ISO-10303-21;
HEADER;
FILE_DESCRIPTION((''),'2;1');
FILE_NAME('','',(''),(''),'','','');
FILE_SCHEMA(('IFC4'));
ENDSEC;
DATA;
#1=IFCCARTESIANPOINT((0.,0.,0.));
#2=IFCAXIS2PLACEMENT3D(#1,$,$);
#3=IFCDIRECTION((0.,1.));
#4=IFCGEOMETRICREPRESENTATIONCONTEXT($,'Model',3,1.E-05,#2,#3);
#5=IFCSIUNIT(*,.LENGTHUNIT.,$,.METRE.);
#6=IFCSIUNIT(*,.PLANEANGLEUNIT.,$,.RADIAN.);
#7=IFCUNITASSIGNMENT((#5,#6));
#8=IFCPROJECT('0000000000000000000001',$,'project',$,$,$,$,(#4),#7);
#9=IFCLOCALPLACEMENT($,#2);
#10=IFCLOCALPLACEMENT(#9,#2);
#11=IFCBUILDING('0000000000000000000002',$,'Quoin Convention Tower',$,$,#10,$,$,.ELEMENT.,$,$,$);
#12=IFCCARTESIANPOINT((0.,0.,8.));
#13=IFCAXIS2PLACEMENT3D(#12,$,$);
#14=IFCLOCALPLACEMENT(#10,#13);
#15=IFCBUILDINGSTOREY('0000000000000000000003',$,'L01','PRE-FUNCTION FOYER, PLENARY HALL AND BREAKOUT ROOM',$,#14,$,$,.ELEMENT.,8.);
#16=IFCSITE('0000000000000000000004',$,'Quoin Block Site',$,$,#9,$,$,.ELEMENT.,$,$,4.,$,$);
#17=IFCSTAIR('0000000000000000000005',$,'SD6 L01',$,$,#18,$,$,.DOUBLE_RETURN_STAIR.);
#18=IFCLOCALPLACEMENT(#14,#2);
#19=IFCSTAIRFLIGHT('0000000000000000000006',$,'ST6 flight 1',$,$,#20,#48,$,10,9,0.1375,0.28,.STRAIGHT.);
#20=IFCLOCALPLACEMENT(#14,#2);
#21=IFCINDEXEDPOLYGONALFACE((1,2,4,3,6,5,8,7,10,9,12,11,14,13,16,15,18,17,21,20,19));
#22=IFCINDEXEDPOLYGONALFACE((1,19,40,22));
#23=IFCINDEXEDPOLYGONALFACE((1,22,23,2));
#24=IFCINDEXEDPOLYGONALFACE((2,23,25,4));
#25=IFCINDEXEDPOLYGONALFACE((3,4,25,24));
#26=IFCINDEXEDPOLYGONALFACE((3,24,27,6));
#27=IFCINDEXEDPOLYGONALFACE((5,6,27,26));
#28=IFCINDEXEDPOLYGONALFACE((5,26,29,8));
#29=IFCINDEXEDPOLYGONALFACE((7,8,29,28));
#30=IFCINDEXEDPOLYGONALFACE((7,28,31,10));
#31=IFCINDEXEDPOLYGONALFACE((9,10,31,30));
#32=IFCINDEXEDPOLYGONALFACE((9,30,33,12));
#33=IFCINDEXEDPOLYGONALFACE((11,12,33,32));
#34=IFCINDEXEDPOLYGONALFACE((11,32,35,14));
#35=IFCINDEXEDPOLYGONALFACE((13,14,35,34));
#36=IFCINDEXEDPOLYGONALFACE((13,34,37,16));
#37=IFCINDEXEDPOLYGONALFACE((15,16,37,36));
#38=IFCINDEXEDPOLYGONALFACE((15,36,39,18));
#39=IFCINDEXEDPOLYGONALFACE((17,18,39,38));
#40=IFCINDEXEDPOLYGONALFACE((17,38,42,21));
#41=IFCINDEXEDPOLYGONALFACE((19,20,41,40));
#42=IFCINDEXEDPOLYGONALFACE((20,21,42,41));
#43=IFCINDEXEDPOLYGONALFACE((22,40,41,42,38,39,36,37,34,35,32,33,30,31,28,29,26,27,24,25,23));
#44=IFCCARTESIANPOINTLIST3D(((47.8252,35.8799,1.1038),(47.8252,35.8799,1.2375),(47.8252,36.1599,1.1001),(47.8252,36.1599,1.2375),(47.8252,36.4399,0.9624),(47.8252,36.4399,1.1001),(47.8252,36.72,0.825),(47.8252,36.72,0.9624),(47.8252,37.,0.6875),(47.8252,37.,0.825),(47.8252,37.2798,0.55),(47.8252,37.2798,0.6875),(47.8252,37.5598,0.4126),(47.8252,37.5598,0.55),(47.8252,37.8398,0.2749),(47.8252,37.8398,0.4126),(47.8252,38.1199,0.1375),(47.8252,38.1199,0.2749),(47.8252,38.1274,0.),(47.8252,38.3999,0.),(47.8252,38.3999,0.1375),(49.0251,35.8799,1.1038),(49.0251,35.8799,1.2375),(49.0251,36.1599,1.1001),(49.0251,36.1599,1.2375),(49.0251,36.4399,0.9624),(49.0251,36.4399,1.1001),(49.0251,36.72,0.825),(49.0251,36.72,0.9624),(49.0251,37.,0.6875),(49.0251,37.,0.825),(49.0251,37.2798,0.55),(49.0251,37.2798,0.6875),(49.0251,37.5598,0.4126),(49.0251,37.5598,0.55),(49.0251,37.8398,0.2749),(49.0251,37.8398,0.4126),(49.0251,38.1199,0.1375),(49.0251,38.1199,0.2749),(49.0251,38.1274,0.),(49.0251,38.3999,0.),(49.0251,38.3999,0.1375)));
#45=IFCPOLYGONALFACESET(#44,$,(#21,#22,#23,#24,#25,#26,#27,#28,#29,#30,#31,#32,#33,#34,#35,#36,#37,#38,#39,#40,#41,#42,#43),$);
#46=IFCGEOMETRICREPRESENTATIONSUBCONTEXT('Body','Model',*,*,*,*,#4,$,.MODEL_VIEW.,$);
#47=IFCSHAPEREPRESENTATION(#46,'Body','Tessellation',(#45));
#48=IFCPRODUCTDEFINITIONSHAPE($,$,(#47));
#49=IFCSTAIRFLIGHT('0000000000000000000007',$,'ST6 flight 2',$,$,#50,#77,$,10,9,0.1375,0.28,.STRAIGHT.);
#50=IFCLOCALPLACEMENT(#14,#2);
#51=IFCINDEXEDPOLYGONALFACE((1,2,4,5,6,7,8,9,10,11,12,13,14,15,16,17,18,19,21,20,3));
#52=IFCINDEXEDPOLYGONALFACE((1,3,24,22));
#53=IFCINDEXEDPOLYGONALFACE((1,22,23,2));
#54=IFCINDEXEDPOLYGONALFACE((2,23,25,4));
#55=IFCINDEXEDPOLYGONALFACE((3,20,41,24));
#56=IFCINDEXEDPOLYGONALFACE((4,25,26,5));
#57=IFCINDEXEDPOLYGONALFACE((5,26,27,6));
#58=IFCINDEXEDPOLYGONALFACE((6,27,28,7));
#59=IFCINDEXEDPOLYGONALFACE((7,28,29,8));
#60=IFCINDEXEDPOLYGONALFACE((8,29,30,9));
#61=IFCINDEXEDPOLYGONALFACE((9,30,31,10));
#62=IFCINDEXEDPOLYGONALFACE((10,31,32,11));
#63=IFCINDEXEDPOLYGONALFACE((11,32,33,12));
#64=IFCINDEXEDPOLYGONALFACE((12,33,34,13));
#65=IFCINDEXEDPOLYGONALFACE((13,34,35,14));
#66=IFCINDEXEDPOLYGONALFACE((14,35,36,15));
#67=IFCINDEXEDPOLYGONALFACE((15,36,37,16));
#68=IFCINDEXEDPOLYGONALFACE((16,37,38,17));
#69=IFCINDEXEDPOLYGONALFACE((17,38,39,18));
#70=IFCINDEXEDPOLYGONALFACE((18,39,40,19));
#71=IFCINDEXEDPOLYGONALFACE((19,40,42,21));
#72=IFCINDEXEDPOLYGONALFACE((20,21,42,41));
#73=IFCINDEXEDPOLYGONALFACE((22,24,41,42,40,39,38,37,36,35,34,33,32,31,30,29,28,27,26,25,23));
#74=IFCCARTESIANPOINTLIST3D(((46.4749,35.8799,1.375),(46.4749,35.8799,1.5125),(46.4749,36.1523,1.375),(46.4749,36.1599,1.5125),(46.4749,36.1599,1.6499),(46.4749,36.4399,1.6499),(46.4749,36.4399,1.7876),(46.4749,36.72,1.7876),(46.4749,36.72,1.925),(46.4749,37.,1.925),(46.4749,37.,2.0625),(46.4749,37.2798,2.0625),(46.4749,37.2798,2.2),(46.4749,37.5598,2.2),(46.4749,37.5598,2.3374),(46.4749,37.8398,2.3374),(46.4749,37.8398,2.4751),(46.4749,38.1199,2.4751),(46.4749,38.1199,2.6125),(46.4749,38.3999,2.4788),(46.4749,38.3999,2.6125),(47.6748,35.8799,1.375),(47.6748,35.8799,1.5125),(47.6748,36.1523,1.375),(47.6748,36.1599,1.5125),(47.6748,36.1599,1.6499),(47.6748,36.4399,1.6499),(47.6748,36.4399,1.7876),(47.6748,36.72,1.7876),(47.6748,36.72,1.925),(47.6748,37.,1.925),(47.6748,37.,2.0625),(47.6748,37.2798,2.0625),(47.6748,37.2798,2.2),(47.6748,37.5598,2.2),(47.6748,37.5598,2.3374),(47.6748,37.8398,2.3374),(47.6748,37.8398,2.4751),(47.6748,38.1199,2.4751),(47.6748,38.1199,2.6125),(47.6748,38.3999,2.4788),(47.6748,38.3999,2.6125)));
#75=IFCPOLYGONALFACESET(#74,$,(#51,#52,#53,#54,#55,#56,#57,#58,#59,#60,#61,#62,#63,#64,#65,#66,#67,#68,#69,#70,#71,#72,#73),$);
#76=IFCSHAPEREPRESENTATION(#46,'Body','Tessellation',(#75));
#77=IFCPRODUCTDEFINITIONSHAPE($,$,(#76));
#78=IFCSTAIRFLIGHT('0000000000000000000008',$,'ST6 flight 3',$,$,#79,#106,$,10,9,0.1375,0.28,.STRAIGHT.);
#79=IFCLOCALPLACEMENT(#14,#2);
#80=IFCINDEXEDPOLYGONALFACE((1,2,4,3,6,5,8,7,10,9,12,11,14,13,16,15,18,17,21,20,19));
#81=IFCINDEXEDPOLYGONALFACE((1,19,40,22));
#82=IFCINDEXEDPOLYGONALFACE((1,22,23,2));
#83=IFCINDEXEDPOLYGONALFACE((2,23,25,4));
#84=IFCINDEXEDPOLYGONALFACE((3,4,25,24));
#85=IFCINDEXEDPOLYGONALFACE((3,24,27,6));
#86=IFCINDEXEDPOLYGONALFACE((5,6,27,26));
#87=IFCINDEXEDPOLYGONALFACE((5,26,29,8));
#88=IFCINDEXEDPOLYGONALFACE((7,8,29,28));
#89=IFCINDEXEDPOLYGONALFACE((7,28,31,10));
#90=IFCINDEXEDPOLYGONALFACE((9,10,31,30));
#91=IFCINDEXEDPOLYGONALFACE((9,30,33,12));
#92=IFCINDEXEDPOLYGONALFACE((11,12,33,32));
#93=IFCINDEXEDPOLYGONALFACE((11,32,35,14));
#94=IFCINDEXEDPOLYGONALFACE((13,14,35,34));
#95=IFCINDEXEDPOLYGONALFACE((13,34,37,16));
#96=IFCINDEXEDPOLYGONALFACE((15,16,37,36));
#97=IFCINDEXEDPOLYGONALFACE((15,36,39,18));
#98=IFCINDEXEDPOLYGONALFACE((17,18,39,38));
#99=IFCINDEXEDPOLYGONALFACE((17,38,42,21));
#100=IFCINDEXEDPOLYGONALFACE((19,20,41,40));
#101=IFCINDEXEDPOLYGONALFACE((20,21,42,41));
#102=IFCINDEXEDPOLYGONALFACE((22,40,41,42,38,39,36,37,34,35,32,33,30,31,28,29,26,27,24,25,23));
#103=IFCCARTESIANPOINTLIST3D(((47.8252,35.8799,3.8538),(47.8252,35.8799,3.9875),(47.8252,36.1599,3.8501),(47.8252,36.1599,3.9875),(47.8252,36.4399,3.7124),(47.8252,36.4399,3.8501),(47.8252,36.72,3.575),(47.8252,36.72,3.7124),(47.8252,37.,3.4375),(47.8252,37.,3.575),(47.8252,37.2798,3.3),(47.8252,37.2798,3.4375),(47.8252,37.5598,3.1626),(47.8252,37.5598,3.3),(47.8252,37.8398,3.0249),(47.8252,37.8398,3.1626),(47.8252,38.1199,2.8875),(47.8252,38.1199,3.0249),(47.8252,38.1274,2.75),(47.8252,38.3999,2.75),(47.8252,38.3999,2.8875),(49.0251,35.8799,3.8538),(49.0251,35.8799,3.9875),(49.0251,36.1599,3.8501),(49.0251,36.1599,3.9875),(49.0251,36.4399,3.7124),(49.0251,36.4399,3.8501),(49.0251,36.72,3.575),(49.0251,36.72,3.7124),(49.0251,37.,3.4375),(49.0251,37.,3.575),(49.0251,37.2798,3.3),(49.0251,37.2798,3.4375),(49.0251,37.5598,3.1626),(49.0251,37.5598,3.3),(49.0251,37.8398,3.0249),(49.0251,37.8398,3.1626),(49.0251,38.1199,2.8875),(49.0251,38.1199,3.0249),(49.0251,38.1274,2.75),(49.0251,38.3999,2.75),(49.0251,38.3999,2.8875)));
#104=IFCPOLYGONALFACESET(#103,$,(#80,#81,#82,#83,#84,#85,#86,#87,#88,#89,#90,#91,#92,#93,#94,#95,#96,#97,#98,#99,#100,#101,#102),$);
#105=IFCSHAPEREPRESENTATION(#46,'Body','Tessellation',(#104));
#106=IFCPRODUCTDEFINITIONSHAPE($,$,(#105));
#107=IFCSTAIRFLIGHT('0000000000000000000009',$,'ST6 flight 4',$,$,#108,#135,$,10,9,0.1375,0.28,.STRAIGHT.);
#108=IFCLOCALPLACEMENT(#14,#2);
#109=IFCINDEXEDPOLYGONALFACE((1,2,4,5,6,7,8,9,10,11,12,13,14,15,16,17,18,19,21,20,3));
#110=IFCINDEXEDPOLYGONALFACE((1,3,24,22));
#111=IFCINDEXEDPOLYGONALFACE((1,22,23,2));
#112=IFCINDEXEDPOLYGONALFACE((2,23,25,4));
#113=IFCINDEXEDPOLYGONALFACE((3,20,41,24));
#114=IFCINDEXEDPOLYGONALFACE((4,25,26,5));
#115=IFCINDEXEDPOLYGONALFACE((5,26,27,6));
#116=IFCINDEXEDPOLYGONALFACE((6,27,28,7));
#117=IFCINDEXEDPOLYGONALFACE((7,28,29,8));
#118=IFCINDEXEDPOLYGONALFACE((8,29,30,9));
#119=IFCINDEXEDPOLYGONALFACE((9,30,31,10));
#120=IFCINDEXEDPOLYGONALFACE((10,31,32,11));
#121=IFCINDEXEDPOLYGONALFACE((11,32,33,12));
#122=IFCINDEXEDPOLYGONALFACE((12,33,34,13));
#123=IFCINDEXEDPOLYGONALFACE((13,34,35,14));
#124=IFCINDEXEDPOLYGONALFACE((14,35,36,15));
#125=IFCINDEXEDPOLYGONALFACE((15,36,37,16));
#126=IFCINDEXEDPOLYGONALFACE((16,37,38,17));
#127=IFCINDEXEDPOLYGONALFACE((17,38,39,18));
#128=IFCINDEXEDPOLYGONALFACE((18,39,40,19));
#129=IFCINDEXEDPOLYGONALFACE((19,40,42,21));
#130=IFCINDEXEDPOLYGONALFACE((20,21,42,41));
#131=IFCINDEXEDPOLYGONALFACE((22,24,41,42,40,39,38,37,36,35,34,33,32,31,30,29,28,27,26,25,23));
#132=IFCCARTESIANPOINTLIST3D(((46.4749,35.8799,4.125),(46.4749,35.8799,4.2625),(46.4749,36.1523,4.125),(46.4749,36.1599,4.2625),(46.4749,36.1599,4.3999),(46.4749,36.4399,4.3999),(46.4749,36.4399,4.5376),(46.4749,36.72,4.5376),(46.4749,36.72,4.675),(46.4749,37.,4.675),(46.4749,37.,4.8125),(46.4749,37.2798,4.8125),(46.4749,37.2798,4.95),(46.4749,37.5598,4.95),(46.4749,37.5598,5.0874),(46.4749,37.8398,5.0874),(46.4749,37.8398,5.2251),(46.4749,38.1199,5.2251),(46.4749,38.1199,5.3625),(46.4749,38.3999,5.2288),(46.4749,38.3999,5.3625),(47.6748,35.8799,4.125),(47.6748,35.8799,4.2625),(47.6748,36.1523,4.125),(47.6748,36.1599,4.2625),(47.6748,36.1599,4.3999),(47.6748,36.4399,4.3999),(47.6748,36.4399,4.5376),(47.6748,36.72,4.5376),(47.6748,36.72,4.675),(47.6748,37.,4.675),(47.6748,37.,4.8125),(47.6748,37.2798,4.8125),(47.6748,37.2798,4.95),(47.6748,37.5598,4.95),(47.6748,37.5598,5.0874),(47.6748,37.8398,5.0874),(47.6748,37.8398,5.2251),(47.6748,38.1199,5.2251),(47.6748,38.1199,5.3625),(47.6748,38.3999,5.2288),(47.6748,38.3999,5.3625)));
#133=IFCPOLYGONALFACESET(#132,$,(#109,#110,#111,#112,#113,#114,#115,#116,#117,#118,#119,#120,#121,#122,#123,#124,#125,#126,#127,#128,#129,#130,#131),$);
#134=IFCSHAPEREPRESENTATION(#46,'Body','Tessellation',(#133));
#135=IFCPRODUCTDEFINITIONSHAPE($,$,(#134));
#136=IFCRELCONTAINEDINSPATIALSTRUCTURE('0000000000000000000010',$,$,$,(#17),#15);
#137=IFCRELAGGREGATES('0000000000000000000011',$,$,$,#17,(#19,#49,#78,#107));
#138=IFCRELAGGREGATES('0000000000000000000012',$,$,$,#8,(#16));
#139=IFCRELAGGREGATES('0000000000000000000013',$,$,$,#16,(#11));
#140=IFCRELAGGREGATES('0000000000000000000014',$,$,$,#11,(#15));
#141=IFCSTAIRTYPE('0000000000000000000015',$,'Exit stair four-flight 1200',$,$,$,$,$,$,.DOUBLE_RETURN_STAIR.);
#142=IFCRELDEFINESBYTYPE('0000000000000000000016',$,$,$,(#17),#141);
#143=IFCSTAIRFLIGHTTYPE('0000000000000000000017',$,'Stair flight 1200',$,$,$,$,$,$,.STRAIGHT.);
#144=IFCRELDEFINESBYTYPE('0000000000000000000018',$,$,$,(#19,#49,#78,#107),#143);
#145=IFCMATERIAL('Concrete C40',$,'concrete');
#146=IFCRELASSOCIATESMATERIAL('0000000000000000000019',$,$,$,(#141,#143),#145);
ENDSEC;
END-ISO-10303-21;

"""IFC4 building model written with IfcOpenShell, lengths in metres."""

from ifc_helpers import new_model, si_unit, direction, frame, origin, place, context, subcontext, project, spatial, polyline, outline, extrude, material, type_object, element, aggregate, save


model = new_model("IFC4")

# Units and contexts
model_context = context("Model", 3, precision=1e-05, world=origin(), true_north=direction((0.0, 1.0)))
body_context = subcontext(model_context, "Body", "Model", "MODEL_VIEW")
ifc_project = project(units=[si_unit("LENGTHUNIT", "METRE"), si_unit("PLANEANGLEUNIT", "RADIAN")], contexts=[model_context])

# Site, building, storey
site_placement = place(None, origin())
site = spatial("IfcSite", under=ifc_project, at=site_placement, Name="Quoin Block Site", CompositionType="ELEMENT", RefElevation=4.0)
building_placement = place(site_placement, origin())
building = spatial("IfcBuilding", under=site, at=building_placement, Name="Quoin Convention Tower", CompositionType="ELEMENT")
storey_placement = place(building_placement, frame((0.0, 0.0, 8.0)))
storey = spatial("IfcBuildingStorey", under=building, at=storey_placement, Name="L01", Description="PRE-FUNCTION FOYER, PLENARY HALL AND BREAKOUT ROOM", CompositionType="ELEMENT", Elevation=8.0)

# Stair, stair flights
ifc_material_1 = material(Name="Concrete C40", Category="concrete")
stair_type = type_object("IfcStairType", Name="Exit stair four-flight 1200", PredefinedType="DOUBLE_RETURN_STAIR", material=ifc_material_1)
stair_placement = place(storey_placement, origin())
stair = element("IfcStair", 1, at=stair_placement, inside=storey, type_object=stair_type, Name="SD6 L01", PredefinedType="DOUBLE_RETURN_STAIR")
stair_flight_type = type_object("IfcStairFlightType", Name="Stair flight 1200", PredefinedType="STRAIGHT", material=ifc_material_1)
stair_flight_1_placement = place(storey_placement, frame((48.425, 38.3999, 0.0), z_axis=(0.0, 0.0, 1.0), x_axis=(0.0, -1.0, 0.0)))
stair_flight_1 = element("IfcStairFlight", 2, at=stair_flight_1_placement, type_object=stair_flight_type, Name="ST6 flight 1", NumberOfRisers=10, NumberOfTreads=9, PredefinedType="STRAIGHT", RiserHeight=0.1375, TreadLength=0.28, context=body_context, shape_type="SweptSolid", body=[
    extrude(outline(polyline([(0.0, 0.0), (0.0, 0.1375), (0.28, 0.1375), (0.28, 0.2749), (0.5601, 0.2749), (0.5601, 0.4126), (0.8401, 0.4126), (0.8401, 0.55), (1.1201, 0.55), (1.1201, 0.6875), (1.3999, 0.6875), (1.3999, 0.825), (1.6799, 0.825), (1.6799, 0.9624), (1.96, 0.9624), (1.96, 1.1001), (2.24, 1.1001), (2.24, 1.2375), (2.52, 1.2375), (2.52, 1.375), (2.52, 1.1038), (0.2725, 0.0), (0.0, 0.0)])), frame((0.0, 0.6001, 0.0), z_axis=(0.0, -1.0, 0.0), x_axis=(1.0, 0.0, 0.0)), (0.0, 0.0, 1.0), 1.2),
])
stair_flight_2_placement = place(storey_placement, frame((47.075, 35.8799, 1.375), z_axis=(0.0, 0.0, 1.0), x_axis=(0.0, 1.0, 0.0)))
stair_flight_2 = element("IfcStairFlight", 3, at=stair_flight_2_placement, type_object=stair_flight_type, Name="ST6 flight 2", NumberOfRisers=10, NumberOfTreads=9, PredefinedType="STRAIGHT", RiserHeight=0.1375, TreadLength=0.28, context=body_context, shape_type="SweptSolid", body=[
    extrude(outline(polyline([(0.0, 0.0), (0.0, 0.1375), (0.28, 0.1375), (0.28, 0.2749), (0.5601, 0.2749), (0.5601, 0.4126), (0.8401, 0.4126), (0.8401, 0.55), (1.1201, 0.55), (1.1201, 0.6875), (1.3999, 0.6875), (1.3999, 0.825), (1.6799, 0.825), (1.6799, 0.9624), (1.96, 0.9624), (1.96, 1.1001), (2.24, 1.1001), (2.24, 1.2375), (2.52, 1.2375), (2.52, 1.375), (2.52, 1.1038), (0.2725, 0.0), (0.0, 0.0)])), frame((0.0, 0.6001, 0.0), z_axis=(0.0, -1.0, 0.0), x_axis=(1.0, 0.0, 0.0)), (0.0, 0.0, 1.0), 1.2),
])
stair_flight_3_placement = place(storey_placement, frame((48.425, 38.3999, 2.75), z_axis=(0.0, 0.0, 1.0), x_axis=(0.0, -1.0, 0.0)))
stair_flight_3 = element("IfcStairFlight", 4, at=stair_flight_3_placement, type_object=stair_flight_type, Name="ST6 flight 3", NumberOfRisers=10, NumberOfTreads=9, PredefinedType="STRAIGHT", RiserHeight=0.1375, TreadLength=0.28, context=body_context, shape_type="SweptSolid", body=[
    extrude(outline(polyline([(0.0, 0.0), (0.0, 0.1375), (0.28, 0.1375), (0.28, 0.2749), (0.5601, 0.2749), (0.5601, 0.4126), (0.8401, 0.4126), (0.8401, 0.55), (1.1201, 0.55), (1.1201, 0.6875), (1.3999, 0.6875), (1.3999, 0.825), (1.6799, 0.825), (1.6799, 0.9624), (1.96, 0.9624), (1.96, 1.1001), (2.24, 1.1001), (2.24, 1.2375), (2.52, 1.2375), (2.52, 1.375), (2.52, 1.1038), (0.2725, 0.0), (0.0, 0.0)])), frame((0.0, 0.6001, 0.0), z_axis=(0.0, -1.0, 0.0), x_axis=(1.0, 0.0, 0.0)), (0.0, 0.0, 1.0), 1.2),
])
stair_flight_4_placement = place(storey_placement, frame((47.075, 35.8799, 4.125), z_axis=(0.0, 0.0, 1.0), x_axis=(0.0, 1.0, 0.0)))
stair_flight_4 = element("IfcStairFlight", 5, at=stair_flight_4_placement, type_object=stair_flight_type, Name="ST6 flight 4", NumberOfRisers=10, NumberOfTreads=9, PredefinedType="STRAIGHT", RiserHeight=0.1375, TreadLength=0.28, context=body_context, shape_type="SweptSolid", body=[
    extrude(outline(polyline([(0.0, 0.0), (0.0, 0.1375), (0.28, 0.1375), (0.28, 0.2749), (0.5601, 0.2749), (0.5601, 0.4126), (0.8401, 0.4126), (0.8401, 0.55), (1.1201, 0.55), (1.1201, 0.6875), (1.3999, 0.6875), (1.3999, 0.825), (1.6799, 0.825), (1.6799, 0.9624), (1.96, 0.9624), (1.96, 1.1001), (2.24, 1.1001), (2.24, 1.2375), (2.52, 1.2375), (2.52, 1.375), (2.52, 1.1038), (0.2725, 0.0), (0.0, 0.0)])), frame((0.0, 0.6001, 0.0), z_axis=(0.0, -1.0, 0.0), x_axis=(1.0, 0.0, 0.0)), (0.0, 0.0, 1.0), 1.2),
])
aggregate(stair, [stair_flight_1, stair_flight_2, stair_flight_3, stair_flight_4])

save(model, "model.ifc")
